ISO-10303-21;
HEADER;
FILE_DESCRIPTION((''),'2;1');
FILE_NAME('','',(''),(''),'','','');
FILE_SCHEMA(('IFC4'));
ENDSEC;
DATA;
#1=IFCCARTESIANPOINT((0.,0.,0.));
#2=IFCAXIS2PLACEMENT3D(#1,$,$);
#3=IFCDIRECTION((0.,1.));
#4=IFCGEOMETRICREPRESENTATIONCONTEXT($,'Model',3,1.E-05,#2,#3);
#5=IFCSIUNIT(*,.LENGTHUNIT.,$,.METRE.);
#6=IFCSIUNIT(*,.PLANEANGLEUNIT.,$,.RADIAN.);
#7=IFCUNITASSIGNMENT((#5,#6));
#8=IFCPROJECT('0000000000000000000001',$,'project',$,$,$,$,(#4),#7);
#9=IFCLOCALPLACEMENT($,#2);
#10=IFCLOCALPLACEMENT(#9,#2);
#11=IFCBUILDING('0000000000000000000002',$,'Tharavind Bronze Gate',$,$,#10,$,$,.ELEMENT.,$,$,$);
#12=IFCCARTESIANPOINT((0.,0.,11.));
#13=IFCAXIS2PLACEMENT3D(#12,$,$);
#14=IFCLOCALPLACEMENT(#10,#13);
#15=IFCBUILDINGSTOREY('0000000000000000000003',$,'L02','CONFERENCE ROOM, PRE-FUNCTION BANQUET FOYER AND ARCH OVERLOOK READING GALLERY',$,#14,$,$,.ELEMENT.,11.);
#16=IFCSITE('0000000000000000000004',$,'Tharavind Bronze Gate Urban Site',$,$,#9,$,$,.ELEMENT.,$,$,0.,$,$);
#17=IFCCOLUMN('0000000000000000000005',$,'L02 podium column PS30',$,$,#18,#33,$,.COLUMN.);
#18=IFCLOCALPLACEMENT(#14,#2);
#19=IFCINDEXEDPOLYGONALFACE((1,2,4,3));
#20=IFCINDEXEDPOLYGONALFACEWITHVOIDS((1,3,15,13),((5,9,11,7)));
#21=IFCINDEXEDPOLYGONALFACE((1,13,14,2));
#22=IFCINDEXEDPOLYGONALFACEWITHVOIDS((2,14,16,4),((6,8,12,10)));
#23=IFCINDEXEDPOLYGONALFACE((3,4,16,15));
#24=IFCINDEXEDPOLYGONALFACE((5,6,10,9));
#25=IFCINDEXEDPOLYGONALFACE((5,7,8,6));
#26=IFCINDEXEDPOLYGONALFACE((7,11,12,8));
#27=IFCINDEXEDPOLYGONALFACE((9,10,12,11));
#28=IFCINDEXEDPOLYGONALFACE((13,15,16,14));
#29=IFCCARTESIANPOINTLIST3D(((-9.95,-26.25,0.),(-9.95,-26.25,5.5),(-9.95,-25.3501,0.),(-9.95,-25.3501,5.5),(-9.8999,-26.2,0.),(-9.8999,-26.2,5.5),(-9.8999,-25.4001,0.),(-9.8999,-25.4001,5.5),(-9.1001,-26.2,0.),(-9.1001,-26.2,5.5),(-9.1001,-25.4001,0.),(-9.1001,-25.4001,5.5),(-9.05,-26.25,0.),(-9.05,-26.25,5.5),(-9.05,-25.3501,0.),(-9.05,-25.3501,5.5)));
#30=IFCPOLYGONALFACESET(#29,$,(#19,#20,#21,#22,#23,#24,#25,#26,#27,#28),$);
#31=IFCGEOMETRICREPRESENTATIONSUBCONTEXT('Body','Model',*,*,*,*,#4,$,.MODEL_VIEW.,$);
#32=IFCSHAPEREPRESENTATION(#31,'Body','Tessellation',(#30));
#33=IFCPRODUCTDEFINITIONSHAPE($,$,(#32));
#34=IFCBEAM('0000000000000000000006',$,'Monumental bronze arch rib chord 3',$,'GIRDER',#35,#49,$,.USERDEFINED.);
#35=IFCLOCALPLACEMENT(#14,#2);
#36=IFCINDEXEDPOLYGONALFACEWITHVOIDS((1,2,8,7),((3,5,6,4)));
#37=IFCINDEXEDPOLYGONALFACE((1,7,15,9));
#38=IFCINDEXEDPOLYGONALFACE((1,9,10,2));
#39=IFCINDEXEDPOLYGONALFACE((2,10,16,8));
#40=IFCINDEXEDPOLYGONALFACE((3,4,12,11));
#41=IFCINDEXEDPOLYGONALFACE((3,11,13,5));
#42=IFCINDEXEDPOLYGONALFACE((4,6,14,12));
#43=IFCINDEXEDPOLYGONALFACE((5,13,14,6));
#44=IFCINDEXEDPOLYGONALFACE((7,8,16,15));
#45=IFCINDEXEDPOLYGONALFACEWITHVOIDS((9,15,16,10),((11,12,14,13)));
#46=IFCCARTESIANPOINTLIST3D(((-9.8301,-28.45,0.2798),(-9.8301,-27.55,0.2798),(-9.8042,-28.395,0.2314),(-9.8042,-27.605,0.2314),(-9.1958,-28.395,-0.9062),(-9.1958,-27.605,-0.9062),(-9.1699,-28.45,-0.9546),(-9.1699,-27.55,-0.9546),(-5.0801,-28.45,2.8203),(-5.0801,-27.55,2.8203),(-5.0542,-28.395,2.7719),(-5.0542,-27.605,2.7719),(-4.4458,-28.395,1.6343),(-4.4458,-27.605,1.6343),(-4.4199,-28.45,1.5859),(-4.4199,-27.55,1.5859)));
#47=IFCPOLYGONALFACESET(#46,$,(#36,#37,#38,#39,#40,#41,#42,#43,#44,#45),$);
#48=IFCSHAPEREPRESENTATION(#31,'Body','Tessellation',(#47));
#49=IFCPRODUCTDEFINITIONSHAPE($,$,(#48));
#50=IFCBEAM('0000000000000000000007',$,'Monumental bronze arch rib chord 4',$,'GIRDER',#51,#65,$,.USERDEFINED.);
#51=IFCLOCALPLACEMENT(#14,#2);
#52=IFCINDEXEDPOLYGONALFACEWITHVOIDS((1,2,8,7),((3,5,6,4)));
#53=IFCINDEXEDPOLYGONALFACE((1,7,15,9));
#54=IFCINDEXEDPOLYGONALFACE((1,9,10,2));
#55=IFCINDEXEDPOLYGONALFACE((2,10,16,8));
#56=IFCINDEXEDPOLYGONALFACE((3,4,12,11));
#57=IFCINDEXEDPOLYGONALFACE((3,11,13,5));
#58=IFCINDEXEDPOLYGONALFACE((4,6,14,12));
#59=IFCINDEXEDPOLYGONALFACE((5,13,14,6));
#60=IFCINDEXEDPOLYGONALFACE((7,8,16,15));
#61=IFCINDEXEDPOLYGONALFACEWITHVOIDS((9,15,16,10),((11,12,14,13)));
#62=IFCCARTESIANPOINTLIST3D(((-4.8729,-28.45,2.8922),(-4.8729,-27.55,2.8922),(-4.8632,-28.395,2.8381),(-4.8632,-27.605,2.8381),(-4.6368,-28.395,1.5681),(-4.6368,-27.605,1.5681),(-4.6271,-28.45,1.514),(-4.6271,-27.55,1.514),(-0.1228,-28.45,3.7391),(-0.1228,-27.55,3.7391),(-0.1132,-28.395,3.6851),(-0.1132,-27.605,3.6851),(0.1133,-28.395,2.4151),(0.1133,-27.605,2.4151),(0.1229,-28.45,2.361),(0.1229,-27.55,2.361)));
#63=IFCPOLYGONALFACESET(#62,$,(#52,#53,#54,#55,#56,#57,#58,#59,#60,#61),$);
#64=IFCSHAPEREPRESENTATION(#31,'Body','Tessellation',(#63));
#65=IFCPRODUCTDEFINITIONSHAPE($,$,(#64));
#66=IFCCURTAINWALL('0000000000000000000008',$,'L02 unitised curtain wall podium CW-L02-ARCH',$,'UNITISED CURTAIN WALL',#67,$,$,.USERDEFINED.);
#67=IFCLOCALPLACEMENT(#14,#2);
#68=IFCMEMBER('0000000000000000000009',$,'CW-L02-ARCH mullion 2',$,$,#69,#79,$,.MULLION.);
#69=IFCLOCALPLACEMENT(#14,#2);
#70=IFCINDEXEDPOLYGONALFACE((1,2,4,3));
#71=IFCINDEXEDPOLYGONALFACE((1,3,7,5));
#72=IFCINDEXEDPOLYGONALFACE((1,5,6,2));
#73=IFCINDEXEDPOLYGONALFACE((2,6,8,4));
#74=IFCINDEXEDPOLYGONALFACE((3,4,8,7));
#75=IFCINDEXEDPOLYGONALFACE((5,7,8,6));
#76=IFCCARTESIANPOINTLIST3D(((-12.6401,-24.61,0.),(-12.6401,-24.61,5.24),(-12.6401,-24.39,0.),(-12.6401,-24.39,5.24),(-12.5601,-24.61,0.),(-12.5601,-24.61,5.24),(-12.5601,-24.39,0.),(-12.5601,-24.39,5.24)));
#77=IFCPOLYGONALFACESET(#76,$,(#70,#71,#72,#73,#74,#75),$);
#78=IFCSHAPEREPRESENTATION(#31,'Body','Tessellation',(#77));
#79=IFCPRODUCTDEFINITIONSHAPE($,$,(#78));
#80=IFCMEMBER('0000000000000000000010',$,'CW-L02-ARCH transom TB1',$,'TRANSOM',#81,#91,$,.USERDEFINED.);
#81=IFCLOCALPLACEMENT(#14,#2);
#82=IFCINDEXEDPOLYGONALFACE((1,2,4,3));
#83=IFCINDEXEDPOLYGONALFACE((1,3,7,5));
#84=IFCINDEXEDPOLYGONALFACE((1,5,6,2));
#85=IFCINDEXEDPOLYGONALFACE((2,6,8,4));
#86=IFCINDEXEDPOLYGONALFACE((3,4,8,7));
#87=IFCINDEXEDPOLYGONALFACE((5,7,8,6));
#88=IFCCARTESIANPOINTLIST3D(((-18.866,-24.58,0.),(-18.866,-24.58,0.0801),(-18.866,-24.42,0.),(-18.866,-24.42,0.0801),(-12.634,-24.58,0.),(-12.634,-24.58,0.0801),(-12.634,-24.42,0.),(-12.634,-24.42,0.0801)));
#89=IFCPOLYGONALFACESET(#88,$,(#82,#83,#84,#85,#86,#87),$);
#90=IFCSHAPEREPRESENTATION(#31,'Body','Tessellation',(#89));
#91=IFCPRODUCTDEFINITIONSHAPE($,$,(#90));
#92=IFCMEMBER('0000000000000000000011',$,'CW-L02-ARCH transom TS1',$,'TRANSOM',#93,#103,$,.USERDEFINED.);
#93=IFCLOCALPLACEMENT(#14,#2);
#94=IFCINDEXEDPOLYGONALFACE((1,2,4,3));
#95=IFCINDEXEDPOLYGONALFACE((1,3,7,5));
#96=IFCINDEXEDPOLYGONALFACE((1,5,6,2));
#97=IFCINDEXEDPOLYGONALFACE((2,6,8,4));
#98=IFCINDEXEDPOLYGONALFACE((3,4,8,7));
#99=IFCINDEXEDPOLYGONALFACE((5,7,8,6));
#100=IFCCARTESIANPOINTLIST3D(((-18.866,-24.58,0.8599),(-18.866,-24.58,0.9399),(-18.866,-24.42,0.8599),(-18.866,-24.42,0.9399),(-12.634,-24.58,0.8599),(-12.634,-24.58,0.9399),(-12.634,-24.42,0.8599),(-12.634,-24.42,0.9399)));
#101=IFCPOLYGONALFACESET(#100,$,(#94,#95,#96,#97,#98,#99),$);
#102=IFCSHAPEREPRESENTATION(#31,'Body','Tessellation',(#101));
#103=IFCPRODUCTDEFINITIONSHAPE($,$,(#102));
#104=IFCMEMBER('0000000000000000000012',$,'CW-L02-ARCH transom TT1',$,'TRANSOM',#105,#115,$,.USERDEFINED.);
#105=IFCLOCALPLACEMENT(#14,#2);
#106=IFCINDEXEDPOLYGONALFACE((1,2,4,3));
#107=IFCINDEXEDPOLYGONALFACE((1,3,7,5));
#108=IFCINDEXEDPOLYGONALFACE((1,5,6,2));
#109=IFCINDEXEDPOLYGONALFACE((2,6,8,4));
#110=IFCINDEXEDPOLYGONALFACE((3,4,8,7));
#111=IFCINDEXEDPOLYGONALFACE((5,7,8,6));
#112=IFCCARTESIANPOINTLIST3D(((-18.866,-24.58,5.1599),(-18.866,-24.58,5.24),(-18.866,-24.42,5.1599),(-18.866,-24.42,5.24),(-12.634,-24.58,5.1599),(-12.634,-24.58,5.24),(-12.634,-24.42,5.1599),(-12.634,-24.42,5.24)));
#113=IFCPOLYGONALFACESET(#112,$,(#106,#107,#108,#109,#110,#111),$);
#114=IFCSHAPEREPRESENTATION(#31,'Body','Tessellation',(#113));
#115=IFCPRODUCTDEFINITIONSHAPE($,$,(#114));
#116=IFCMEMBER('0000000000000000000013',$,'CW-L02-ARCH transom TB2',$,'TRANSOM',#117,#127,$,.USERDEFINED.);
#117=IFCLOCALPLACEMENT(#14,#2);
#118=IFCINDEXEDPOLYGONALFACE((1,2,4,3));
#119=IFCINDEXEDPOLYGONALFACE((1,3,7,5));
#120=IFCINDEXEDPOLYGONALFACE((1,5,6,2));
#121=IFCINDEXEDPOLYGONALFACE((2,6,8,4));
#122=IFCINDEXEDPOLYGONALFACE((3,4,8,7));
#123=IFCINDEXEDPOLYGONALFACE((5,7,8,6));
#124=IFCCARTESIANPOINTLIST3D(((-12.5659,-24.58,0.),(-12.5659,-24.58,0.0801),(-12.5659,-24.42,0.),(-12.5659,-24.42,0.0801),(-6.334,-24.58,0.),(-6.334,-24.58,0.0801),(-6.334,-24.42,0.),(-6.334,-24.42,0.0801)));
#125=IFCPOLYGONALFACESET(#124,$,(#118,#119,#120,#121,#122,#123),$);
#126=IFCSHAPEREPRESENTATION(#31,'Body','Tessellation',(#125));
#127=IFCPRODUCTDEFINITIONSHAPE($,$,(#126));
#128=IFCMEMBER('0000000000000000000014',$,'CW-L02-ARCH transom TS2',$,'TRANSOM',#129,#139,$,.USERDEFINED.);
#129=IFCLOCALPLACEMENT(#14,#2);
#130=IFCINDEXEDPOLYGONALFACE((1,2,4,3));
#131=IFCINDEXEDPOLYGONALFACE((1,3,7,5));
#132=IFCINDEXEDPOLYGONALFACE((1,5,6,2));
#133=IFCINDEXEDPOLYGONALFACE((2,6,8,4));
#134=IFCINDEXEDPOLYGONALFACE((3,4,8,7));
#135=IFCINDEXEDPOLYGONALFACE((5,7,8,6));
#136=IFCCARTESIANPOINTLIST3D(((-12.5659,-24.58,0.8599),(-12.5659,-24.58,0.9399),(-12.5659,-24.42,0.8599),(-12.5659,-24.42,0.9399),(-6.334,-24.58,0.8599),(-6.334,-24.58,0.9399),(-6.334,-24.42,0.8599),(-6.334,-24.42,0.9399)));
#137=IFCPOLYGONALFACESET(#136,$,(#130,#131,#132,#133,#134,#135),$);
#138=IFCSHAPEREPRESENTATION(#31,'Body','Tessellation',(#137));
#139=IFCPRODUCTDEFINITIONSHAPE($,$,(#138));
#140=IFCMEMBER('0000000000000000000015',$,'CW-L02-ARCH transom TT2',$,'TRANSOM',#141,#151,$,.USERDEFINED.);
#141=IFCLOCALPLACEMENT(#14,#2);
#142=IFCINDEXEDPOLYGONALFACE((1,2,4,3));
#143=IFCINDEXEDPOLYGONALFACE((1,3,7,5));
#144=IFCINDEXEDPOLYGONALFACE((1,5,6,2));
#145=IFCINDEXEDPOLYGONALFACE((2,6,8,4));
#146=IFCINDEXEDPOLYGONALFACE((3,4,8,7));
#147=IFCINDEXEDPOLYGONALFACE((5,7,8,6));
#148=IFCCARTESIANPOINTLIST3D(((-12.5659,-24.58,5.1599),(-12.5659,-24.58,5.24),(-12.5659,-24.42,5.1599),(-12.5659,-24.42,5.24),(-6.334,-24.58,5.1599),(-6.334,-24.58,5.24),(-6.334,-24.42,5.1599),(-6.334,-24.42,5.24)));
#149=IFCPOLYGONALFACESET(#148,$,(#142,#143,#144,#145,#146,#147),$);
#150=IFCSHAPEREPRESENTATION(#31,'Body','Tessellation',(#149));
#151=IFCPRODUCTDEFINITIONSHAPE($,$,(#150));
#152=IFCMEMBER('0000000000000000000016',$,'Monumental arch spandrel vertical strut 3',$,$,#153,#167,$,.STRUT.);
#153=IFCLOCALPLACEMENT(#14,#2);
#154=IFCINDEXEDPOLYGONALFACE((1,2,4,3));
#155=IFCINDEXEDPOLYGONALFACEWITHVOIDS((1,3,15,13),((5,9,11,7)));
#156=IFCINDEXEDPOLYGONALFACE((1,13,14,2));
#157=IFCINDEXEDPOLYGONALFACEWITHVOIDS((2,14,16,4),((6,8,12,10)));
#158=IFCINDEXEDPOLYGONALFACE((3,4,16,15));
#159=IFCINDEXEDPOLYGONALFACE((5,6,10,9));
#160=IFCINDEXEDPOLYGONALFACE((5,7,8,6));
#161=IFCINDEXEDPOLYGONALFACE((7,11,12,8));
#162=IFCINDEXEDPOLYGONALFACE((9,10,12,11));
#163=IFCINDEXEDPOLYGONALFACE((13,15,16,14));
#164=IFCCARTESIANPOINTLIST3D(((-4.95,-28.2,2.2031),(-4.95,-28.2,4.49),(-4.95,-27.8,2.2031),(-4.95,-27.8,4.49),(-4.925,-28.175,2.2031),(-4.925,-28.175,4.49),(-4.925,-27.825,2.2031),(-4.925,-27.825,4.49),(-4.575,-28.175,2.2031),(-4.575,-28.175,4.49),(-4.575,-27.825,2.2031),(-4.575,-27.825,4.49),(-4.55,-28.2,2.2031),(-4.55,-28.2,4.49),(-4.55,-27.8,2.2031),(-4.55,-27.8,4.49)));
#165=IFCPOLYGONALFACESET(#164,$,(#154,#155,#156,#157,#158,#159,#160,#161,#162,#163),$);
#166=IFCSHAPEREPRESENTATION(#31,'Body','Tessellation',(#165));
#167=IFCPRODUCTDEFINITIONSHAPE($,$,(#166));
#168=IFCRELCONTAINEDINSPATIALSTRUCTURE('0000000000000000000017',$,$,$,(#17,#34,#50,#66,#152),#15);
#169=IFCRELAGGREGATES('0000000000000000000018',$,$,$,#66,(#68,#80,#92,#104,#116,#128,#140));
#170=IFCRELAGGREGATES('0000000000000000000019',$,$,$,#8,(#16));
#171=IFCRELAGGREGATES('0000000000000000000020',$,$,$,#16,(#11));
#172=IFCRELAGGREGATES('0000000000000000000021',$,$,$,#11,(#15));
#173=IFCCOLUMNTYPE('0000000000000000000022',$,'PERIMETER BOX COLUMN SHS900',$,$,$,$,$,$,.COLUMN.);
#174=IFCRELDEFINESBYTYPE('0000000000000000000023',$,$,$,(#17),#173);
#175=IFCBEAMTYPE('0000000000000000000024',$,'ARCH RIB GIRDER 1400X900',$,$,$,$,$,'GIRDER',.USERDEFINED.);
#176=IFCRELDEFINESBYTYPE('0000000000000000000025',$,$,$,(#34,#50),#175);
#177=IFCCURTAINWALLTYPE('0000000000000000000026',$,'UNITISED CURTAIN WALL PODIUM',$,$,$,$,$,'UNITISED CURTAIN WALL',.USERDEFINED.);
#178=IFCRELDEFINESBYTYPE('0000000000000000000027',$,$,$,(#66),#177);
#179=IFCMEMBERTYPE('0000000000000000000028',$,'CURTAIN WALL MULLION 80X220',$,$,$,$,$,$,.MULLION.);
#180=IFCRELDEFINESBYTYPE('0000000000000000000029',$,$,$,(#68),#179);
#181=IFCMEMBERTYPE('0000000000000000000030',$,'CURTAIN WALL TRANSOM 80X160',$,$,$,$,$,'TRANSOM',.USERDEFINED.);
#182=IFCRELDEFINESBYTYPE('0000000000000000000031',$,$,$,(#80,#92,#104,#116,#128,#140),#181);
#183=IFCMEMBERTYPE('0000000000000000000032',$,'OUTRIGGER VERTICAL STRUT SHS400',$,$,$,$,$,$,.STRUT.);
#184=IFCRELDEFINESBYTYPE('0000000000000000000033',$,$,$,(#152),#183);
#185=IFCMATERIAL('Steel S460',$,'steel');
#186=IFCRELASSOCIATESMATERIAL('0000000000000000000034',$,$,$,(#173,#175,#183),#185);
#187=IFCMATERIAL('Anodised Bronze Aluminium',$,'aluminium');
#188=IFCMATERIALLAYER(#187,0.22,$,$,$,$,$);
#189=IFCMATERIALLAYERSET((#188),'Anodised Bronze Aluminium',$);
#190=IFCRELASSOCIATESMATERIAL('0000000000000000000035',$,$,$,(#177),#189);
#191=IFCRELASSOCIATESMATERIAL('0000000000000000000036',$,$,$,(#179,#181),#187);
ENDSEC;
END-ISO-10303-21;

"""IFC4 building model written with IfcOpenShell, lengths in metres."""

from ifc_helpers import new_model, si_unit, direction, frame, origin, origin_2d, place, context, subcontext, project, spatial, rectangle, hollow_rectangle, extrude, material, layer, layer_set, material_profile, profile_set, type_object, element, aggregate, save


model = new_model("IFC4")

# Units and contexts
model_context = context("Model", 3, precision=1e-05, world=origin(), true_north=direction((0.0, 1.0)))
body_context = subcontext(model_context, "Body", "Model", "MODEL_VIEW")
ifc_project = project(units=[si_unit("LENGTHUNIT", "METRE"), si_unit("PLANEANGLEUNIT", "RADIAN")], contexts=[model_context])

# Site, building, storey
site_placement = place(None, origin())
site = spatial("IfcSite", under=ifc_project, at=site_placement, Name="Tharavind Bronze Gate Urban Site", CompositionType="ELEMENT", RefElevation=0.0)
building_placement = place(site_placement, origin())
building = spatial("IfcBuilding", under=site, at=building_placement, Name="Tharavind Bronze Gate", CompositionType="ELEMENT")
storey_placement = place(building_placement, frame((0.0, 0.0, 11.0)))
storey = spatial("IfcBuildingStorey", under=building, at=storey_placement, Name="L02", Description="CONFERENCE ROOM, PRE-FUNCTION BANQUET FOYER AND ARCH OVERLOOK READING GALLERY", CompositionType="ELEMENT", Elevation=11.0)

# Column
ifc_material_1 = material(Name="Steel S460", Category="steel")
ifc_material_profile_1 = material_profile(ifc_material_1, hollow_rectangle(XDim=0.8999, YDim=0.8999, WallThickness=0.05, at=origin_2d()), Name="SHS900X50")
ifc_profile_set_1 = profile_set([ifc_material_profile_1], Name="Steel S460")
column_type = type_object("IfcColumnType", Name="PERIMETER BOX COLUMN SHS900", PredefinedType="COLUMN", material=ifc_profile_set_1)
column_placement = place(storey_placement, frame((-9.5, -25.8, 0.0), z_axis=(0.0, 0.0, 1.0), x_axis=(1.0, 0.0, 0.0)))
element("IfcColumn", 1, at=column_placement, inside=storey, type_object=column_type, Name="L02 podium column PS30", PredefinedType="COLUMN", context=body_context, shape_type="SweptSolid", body=[
    extrude(hollow_rectangle(XDim=0.8999, YDim=0.8999, WallThickness=0.05, at=origin_2d()), origin(), (0.0, 0.0, 1.0), 5.5),
])

# Beams
ifc_material_profile_2 = material_profile(ifc_material_1, hollow_rectangle(XDim=0.8999, YDim=1.3999, WallThickness=0.0549, at=origin_2d()), Name="RHS1400X900X55")
ifc_profile_set_2 = profile_set([ifc_material_profile_2], Name="Steel S460")
beam_type_1 = type_object("IfcBeamType", Name="ARCH RIB GIRDER 1400X900", ElementType="GIRDER", PredefinedType="USERDEFINED", material=ifc_profile_set_2)
beam_1_placement = place(storey_placement, frame((-9.5, -28.0, -0.3374), z_axis=(0.881798, 0.0, 0.471628), x_axis=(0.0, 1.0, 0.0)))
element("IfcBeam", 2, at=beam_1_placement, inside=storey, type_object=beam_type_1, Name="Monumental bronze arch rib chord 3", ObjectType="GIRDER", PredefinedType="USERDEFINED", context=body_context, shape_type="SweptSolid", body=[
    extrude(hollow_rectangle(XDim=0.8999, YDim=1.3999, WallThickness=0.0549, at=origin_2d()), origin(), (0.0, 0.0, 1.0), 5.3867),
])
beam_2_placement = place(storey_placement, frame((-4.75, -28.0, 2.2031), z_axis=(0.984474, 0.0, 0.175531), x_axis=(0.0, 1.0, 0.0)))
element("IfcBeam", 3, at=beam_2_placement, inside=storey, type_object=beam_type_1, Name="Monumental bronze arch rib chord 4", ObjectType="GIRDER", PredefinedType="USERDEFINED", context=body_context, shape_type="SweptSolid", body=[
    extrude(hollow_rectangle(XDim=0.8999, YDim=1.3999, WallThickness=0.0549, at=origin_2d()), origin(), (0.0, 0.0, 1.0), 4.825),
])

# Curtain wall, members
ifc_material_2 = material(Name="Anodised Bronze Aluminium", Category="aluminium")
ifc_layer_1 = layer(ifc_material_2, 0.22)
ifc_layer_set_1 = layer_set([ifc_layer_1], Name="Anodised Bronze Aluminium")
curtain_wall_type = type_object("IfcCurtainWallType", Name="UNITISED CURTAIN WALL PODIUM", ElementType="UNITISED CURTAIN WALL", PredefinedType="USERDEFINED", material=ifc_layer_set_1)
curtain_wall_placement = place(storey_placement, origin())
curtain_wall = element("IfcCurtainWall", 4, at=curtain_wall_placement, inside=storey, type_object=curtain_wall_type, Name="L02 unitised curtain wall podium CW-L02-ARCH", ObjectType="UNITISED CURTAIN WALL", PredefinedType="USERDEFINED")
member_type_1 = type_object("IfcMemberType", Name="CURTAIN WALL MULLION 80X220", PredefinedType="MULLION", material=ifc_material_2)
member_1_placement = place(storey_placement, frame((-12.6001, -24.5, 0.0), z_axis=(0.0, 0.0, 1.0), x_axis=(1.0, 0.0, 0.0)))
member_1 = element("IfcMember", 5, at=member_1_placement, type_object=member_type_1, Name="CW-L02-ARCH mullion 2", PredefinedType="MULLION", context=body_context, shape_type="SweptSolid", body=[
    extrude(rectangle(XDim=0.0801, YDim=0.22, at=origin_2d()), origin(), (0.0, 0.0, 1.0), 5.24),
])
member_type_2 = type_object("IfcMemberType", Name="CURTAIN WALL TRANSOM 80X160", ElementType="TRANSOM", PredefinedType="USERDEFINED", material=ifc_material_2)
member_2_placement = place(storey_placement, frame((-15.75, -24.5, 0.0), z_axis=(0.0, 0.0, 1.0), x_axis=(1.0, 0.0, 0.0)))
member_2 = element("IfcMember", 6, at=member_2_placement, type_object=member_type_2, Name="CW-L02-ARCH transom TB1", ObjectType="TRANSOM", PredefinedType="USERDEFINED", context=body_context, shape_type="SweptSolid", body=[
    extrude(rectangle(XDim=6.2319, YDim=0.1599, at=origin_2d()), origin(), (0.0, 0.0, 1.0), 0.0801),
])
member_3_placement = place(storey_placement, frame((-15.75, -24.5, 0.8599), z_axis=(0.0, 0.0, 1.0), x_axis=(1.0, 0.0, 0.0)))
member_3 = element("IfcMember", 7, at=member_3_placement, type_object=member_type_2, Name="CW-L02-ARCH transom TS1", ObjectType="TRANSOM", PredefinedType="USERDEFINED", context=body_context, shape_type="SweptSolid", body=[
    extrude(rectangle(XDim=6.2319, YDim=0.1599, at=origin_2d()), origin(), (0.0, 0.0, 1.0), 0.0801),
])
member_4_placement = place(storey_placement, frame((-15.75, -24.5, 5.1599), z_axis=(0.0, 0.0, 1.0), x_axis=(1.0, 0.0, 0.0)))
member_4 = element("IfcMember", 8, at=member_4_placement, type_object=member_type_2, Name="CW-L02-ARCH transom TT1", ObjectType="TRANSOM", PredefinedType="USERDEFINED", context=body_context, shape_type="SweptSolid", body=[
    extrude(rectangle(XDim=6.2319, YDim=0.1599, at=origin_2d()), origin(), (0.0, 0.0, 1.0), 0.0801),
])
member_5_placement = place(storey_placement, frame((-9.45, -24.5, 0.0), z_axis=(0.0, 0.0, 1.0), x_axis=(1.0, 0.0, 0.0)))
member_5 = element("IfcMember", 9, at=member_5_placement, type_object=member_type_2, Name="CW-L02-ARCH transom TB2", ObjectType="TRANSOM", PredefinedType="USERDEFINED", context=body_context, shape_type="SweptSolid", body=[
    extrude(rectangle(XDim=6.2319, YDim=0.1599, at=origin_2d()), origin(), (0.0, 0.0, 1.0), 0.0801),
])
member_6_placement = place(storey_placement, frame((-9.45, -24.5, 0.8599), z_axis=(0.0, 0.0, 1.0), x_axis=(1.0, 0.0, 0.0)))
member_6 = element("IfcMember", 10, at=member_6_placement, type_object=member_type_2, Name="CW-L02-ARCH transom TS2", ObjectType="TRANSOM", PredefinedType="USERDEFINED", context=body_context, shape_type="SweptSolid", body=[
    extrude(rectangle(XDim=6.2319, YDim=0.1599, at=origin_2d()), origin(), (0.0, 0.0, 1.0), 0.0801),
])
member_7_placement = place(storey_placement, frame((-9.45, -24.5, 5.1599), z_axis=(0.0, 0.0, 1.0), x_axis=(1.0, 0.0, 0.0)))
member_7 = element("IfcMember", 11, at=member_7_placement, type_object=member_type_2, Name="CW-L02-ARCH transom TT2", ObjectType="TRANSOM", PredefinedType="USERDEFINED", context=body_context, shape_type="SweptSolid", body=[
    extrude(rectangle(XDim=6.2319, YDim=0.1599, at=origin_2d()), origin(), (0.0, 0.0, 1.0), 0.0801),
])

# Member
ifc_material_profile_3 = material_profile(ifc_material_1, hollow_rectangle(XDim=0.3999, YDim=0.3999, WallThickness=0.0249, at=origin_2d()), Name="SHS400X25")
ifc_profile_set_3 = profile_set([ifc_material_profile_3], Name="Steel S460")
member_type_3 = type_object("IfcMemberType", Name="OUTRIGGER VERTICAL STRUT SHS400", PredefinedType="STRUT", material=ifc_profile_set_3)
member_8_placement = place(storey_placement, frame((-4.75, -28.0, 2.2031), z_axis=(0.0, 0.0, 1.0), x_axis=(1.0, 0.0, 0.0)))
element("IfcMember", 12, at=member_8_placement, inside=storey, type_object=member_type_3, Name="Monumental arch spandrel vertical strut 3", PredefinedType="STRUT", context=body_context, shape_type="SweptSolid", body=[
    extrude(hollow_rectangle(XDim=0.3999, YDim=0.3999, WallThickness=0.0249, at=origin_2d()), origin(), (0.0, 0.0, 1.0), 2.2869),
])

aggregate(curtain_wall, [member_1, member_2, member_3, member_4, member_5, member_6, member_7])

save(model, "model.ifc")
